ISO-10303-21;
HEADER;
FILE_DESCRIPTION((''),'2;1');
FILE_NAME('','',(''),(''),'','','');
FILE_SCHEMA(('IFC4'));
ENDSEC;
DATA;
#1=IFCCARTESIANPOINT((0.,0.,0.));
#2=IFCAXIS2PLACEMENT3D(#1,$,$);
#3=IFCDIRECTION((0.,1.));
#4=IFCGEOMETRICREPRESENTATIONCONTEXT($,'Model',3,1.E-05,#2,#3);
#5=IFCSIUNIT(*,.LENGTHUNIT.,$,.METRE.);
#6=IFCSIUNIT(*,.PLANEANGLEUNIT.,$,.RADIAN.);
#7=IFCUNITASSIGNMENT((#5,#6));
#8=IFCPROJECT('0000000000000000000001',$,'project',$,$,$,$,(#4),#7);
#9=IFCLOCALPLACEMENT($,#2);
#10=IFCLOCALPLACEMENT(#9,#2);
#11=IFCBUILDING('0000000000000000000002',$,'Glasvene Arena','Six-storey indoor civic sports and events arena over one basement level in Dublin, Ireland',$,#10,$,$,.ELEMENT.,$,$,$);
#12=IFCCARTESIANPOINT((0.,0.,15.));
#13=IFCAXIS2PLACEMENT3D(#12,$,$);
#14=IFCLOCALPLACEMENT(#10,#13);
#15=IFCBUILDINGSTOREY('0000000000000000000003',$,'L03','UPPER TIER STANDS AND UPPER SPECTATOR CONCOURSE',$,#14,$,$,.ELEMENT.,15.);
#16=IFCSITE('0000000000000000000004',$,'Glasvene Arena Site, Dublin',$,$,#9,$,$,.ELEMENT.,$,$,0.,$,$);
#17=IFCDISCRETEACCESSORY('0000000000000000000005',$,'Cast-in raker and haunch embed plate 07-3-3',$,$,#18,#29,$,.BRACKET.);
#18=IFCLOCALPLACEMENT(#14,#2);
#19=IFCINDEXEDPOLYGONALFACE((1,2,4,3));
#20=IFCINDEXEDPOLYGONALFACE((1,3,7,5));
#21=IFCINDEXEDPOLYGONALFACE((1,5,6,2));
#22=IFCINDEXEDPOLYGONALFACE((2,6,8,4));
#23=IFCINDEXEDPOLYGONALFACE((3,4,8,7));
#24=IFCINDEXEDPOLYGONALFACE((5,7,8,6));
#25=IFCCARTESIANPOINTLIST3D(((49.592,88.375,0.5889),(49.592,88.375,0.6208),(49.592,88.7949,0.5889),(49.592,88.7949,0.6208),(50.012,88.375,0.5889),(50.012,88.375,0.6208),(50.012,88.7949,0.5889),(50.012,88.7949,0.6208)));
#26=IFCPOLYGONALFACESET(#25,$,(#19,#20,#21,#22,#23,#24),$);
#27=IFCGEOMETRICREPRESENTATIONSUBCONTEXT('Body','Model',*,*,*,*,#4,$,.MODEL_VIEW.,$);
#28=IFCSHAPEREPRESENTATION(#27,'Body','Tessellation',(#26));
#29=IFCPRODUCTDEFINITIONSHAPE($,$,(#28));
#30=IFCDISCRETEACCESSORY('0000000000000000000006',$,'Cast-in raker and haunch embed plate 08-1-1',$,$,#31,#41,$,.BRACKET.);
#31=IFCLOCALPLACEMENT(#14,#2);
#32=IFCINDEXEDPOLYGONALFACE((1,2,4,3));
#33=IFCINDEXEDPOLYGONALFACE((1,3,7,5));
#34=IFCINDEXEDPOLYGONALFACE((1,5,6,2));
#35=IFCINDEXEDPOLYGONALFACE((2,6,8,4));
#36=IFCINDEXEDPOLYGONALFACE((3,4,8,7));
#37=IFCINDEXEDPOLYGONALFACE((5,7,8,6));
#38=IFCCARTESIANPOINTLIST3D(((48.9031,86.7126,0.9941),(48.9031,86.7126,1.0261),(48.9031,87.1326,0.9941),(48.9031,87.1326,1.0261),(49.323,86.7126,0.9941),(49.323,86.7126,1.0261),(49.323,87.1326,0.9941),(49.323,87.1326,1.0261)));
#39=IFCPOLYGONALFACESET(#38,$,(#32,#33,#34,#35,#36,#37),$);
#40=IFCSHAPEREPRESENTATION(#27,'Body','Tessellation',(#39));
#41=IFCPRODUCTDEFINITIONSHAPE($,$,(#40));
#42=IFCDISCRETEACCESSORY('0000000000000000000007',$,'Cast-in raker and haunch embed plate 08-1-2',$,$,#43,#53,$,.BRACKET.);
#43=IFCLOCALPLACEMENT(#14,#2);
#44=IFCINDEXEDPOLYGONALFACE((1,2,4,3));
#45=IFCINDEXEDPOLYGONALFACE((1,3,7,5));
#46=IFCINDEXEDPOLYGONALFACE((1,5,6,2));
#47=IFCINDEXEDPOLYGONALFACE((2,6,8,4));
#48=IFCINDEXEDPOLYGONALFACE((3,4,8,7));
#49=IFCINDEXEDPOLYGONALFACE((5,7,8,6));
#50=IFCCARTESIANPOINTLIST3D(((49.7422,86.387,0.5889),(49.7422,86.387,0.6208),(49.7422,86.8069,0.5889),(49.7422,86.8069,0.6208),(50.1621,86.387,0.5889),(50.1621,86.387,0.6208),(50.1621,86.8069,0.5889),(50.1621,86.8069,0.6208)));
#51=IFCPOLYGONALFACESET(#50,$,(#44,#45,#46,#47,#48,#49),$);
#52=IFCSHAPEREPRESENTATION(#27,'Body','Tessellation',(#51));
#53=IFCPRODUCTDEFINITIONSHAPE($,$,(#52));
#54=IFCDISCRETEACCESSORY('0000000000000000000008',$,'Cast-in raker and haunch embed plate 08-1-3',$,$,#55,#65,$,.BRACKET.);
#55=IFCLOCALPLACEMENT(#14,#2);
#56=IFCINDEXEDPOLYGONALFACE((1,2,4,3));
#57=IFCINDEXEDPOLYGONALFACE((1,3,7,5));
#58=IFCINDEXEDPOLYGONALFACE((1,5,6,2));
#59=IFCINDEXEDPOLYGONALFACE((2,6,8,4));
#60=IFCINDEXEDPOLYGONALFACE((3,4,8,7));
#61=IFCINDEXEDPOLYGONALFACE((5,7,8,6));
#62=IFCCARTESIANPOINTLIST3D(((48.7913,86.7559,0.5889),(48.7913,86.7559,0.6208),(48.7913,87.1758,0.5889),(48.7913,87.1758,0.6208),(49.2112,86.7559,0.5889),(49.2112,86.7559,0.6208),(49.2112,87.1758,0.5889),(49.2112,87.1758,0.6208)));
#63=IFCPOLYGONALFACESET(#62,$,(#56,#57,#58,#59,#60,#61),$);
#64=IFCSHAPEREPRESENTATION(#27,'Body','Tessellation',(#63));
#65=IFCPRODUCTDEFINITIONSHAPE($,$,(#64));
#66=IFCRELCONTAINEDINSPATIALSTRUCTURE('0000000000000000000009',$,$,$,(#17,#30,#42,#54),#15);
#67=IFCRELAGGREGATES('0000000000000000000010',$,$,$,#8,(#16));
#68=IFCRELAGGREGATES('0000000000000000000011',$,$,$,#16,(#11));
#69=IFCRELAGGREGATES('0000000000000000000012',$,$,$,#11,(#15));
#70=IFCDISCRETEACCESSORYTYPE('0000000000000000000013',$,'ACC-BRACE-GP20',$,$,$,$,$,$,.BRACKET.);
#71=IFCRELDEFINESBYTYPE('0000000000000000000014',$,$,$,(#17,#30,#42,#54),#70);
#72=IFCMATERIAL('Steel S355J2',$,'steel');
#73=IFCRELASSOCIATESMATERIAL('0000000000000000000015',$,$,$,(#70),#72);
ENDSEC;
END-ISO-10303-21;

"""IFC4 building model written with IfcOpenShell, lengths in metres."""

from ifc_helpers import new_model, si_unit, direction, frame, origin, origin_2d, place, context, subcontext, project, spatial, rectangle, extrude, material, type_object, element, save


model = new_model("IFC4")

# Units and contexts
model_context = context("Model", 3, precision=1e-05, world=origin(), true_north=direction((0.0, 1.0)))
body_context = subcontext(model_context, "Body", "Model", "MODEL_VIEW")
ifc_project = project(units=[si_unit("LENGTHUNIT", "METRE"), si_unit("PLANEANGLEUNIT", "RADIAN")], contexts=[model_context])

# Site, building, storey
site_placement = place(None, origin())
site = spatial("IfcSite", under=ifc_project, at=site_placement, Name="Glasvene Arena Site, Dublin", CompositionType="ELEMENT", RefElevation=0.0)
building_placement = place(site_placement, origin())
building = spatial("IfcBuilding", under=site, at=building_placement, Name="Glasvene Arena", Description="Six-storey indoor civic sports and events arena over one basement level in Dublin, Ireland", CompositionType="ELEMENT")
storey_placement = place(building_placement, frame((0.0, 0.0, 15.0)))
storey = spatial("IfcBuildingStorey", under=building, at=storey_placement, Name="L03", Description="UPPER TIER STANDS AND UPPER SPECTATOR CONCOURSE", CompositionType="ELEMENT", Elevation=15.0)

# Shared definitions
ifc_material_1 = material(Name="Steel S355J2", Category="steel")

# Discrete accessories
discrete_accessory_type = type_object("IfcDiscreteAccessoryType", Name="ACC-BRACE-GP20", PredefinedType="BRACKET", material=ifc_material_1)
for number, where, z_axis, x_axis, name in (
    (1, (49.802, 88.585, 0.5889), (0.0, 0.0, 1.0), (1.0, 0.0, 0.0), "Cast-in raker and haunch embed plate 07-3-3"),
    (2, (49.113, 86.9226, 0.9941), (0.0, 0.0, 1.0), (1.0, 0.0, 0.0), "Cast-in raker and haunch embed plate 08-1-1"),
    (3, (49.9521, 86.5969, 0.5889), (0.0, 0.0, 1.0), (1.0, 0.0, 0.0), "Cast-in raker and haunch embed plate 08-1-2"),
    (4, (49.0012, 86.9658, 0.5889), (0.0, 0.0, 1.0), (1.0, 0.0, 0.0), "Cast-in raker and haunch embed plate 08-1-3"),
):
    element("IfcDiscreteAccessory", number, at=place(storey_placement, frame(where, z_axis=z_axis, x_axis=x_axis)), inside=storey, type_object=discrete_accessory_type, Name=name, PredefinedType="BRACKET", context=body_context, shape_type="SweptSolid", body=[
        extrude(rectangle(XDim=0.4199, YDim=0.4199, at=origin_2d()), origin(), (0.0, 0.0, 1.0), 0.032),
    ])

save(model, "model.ifc")
